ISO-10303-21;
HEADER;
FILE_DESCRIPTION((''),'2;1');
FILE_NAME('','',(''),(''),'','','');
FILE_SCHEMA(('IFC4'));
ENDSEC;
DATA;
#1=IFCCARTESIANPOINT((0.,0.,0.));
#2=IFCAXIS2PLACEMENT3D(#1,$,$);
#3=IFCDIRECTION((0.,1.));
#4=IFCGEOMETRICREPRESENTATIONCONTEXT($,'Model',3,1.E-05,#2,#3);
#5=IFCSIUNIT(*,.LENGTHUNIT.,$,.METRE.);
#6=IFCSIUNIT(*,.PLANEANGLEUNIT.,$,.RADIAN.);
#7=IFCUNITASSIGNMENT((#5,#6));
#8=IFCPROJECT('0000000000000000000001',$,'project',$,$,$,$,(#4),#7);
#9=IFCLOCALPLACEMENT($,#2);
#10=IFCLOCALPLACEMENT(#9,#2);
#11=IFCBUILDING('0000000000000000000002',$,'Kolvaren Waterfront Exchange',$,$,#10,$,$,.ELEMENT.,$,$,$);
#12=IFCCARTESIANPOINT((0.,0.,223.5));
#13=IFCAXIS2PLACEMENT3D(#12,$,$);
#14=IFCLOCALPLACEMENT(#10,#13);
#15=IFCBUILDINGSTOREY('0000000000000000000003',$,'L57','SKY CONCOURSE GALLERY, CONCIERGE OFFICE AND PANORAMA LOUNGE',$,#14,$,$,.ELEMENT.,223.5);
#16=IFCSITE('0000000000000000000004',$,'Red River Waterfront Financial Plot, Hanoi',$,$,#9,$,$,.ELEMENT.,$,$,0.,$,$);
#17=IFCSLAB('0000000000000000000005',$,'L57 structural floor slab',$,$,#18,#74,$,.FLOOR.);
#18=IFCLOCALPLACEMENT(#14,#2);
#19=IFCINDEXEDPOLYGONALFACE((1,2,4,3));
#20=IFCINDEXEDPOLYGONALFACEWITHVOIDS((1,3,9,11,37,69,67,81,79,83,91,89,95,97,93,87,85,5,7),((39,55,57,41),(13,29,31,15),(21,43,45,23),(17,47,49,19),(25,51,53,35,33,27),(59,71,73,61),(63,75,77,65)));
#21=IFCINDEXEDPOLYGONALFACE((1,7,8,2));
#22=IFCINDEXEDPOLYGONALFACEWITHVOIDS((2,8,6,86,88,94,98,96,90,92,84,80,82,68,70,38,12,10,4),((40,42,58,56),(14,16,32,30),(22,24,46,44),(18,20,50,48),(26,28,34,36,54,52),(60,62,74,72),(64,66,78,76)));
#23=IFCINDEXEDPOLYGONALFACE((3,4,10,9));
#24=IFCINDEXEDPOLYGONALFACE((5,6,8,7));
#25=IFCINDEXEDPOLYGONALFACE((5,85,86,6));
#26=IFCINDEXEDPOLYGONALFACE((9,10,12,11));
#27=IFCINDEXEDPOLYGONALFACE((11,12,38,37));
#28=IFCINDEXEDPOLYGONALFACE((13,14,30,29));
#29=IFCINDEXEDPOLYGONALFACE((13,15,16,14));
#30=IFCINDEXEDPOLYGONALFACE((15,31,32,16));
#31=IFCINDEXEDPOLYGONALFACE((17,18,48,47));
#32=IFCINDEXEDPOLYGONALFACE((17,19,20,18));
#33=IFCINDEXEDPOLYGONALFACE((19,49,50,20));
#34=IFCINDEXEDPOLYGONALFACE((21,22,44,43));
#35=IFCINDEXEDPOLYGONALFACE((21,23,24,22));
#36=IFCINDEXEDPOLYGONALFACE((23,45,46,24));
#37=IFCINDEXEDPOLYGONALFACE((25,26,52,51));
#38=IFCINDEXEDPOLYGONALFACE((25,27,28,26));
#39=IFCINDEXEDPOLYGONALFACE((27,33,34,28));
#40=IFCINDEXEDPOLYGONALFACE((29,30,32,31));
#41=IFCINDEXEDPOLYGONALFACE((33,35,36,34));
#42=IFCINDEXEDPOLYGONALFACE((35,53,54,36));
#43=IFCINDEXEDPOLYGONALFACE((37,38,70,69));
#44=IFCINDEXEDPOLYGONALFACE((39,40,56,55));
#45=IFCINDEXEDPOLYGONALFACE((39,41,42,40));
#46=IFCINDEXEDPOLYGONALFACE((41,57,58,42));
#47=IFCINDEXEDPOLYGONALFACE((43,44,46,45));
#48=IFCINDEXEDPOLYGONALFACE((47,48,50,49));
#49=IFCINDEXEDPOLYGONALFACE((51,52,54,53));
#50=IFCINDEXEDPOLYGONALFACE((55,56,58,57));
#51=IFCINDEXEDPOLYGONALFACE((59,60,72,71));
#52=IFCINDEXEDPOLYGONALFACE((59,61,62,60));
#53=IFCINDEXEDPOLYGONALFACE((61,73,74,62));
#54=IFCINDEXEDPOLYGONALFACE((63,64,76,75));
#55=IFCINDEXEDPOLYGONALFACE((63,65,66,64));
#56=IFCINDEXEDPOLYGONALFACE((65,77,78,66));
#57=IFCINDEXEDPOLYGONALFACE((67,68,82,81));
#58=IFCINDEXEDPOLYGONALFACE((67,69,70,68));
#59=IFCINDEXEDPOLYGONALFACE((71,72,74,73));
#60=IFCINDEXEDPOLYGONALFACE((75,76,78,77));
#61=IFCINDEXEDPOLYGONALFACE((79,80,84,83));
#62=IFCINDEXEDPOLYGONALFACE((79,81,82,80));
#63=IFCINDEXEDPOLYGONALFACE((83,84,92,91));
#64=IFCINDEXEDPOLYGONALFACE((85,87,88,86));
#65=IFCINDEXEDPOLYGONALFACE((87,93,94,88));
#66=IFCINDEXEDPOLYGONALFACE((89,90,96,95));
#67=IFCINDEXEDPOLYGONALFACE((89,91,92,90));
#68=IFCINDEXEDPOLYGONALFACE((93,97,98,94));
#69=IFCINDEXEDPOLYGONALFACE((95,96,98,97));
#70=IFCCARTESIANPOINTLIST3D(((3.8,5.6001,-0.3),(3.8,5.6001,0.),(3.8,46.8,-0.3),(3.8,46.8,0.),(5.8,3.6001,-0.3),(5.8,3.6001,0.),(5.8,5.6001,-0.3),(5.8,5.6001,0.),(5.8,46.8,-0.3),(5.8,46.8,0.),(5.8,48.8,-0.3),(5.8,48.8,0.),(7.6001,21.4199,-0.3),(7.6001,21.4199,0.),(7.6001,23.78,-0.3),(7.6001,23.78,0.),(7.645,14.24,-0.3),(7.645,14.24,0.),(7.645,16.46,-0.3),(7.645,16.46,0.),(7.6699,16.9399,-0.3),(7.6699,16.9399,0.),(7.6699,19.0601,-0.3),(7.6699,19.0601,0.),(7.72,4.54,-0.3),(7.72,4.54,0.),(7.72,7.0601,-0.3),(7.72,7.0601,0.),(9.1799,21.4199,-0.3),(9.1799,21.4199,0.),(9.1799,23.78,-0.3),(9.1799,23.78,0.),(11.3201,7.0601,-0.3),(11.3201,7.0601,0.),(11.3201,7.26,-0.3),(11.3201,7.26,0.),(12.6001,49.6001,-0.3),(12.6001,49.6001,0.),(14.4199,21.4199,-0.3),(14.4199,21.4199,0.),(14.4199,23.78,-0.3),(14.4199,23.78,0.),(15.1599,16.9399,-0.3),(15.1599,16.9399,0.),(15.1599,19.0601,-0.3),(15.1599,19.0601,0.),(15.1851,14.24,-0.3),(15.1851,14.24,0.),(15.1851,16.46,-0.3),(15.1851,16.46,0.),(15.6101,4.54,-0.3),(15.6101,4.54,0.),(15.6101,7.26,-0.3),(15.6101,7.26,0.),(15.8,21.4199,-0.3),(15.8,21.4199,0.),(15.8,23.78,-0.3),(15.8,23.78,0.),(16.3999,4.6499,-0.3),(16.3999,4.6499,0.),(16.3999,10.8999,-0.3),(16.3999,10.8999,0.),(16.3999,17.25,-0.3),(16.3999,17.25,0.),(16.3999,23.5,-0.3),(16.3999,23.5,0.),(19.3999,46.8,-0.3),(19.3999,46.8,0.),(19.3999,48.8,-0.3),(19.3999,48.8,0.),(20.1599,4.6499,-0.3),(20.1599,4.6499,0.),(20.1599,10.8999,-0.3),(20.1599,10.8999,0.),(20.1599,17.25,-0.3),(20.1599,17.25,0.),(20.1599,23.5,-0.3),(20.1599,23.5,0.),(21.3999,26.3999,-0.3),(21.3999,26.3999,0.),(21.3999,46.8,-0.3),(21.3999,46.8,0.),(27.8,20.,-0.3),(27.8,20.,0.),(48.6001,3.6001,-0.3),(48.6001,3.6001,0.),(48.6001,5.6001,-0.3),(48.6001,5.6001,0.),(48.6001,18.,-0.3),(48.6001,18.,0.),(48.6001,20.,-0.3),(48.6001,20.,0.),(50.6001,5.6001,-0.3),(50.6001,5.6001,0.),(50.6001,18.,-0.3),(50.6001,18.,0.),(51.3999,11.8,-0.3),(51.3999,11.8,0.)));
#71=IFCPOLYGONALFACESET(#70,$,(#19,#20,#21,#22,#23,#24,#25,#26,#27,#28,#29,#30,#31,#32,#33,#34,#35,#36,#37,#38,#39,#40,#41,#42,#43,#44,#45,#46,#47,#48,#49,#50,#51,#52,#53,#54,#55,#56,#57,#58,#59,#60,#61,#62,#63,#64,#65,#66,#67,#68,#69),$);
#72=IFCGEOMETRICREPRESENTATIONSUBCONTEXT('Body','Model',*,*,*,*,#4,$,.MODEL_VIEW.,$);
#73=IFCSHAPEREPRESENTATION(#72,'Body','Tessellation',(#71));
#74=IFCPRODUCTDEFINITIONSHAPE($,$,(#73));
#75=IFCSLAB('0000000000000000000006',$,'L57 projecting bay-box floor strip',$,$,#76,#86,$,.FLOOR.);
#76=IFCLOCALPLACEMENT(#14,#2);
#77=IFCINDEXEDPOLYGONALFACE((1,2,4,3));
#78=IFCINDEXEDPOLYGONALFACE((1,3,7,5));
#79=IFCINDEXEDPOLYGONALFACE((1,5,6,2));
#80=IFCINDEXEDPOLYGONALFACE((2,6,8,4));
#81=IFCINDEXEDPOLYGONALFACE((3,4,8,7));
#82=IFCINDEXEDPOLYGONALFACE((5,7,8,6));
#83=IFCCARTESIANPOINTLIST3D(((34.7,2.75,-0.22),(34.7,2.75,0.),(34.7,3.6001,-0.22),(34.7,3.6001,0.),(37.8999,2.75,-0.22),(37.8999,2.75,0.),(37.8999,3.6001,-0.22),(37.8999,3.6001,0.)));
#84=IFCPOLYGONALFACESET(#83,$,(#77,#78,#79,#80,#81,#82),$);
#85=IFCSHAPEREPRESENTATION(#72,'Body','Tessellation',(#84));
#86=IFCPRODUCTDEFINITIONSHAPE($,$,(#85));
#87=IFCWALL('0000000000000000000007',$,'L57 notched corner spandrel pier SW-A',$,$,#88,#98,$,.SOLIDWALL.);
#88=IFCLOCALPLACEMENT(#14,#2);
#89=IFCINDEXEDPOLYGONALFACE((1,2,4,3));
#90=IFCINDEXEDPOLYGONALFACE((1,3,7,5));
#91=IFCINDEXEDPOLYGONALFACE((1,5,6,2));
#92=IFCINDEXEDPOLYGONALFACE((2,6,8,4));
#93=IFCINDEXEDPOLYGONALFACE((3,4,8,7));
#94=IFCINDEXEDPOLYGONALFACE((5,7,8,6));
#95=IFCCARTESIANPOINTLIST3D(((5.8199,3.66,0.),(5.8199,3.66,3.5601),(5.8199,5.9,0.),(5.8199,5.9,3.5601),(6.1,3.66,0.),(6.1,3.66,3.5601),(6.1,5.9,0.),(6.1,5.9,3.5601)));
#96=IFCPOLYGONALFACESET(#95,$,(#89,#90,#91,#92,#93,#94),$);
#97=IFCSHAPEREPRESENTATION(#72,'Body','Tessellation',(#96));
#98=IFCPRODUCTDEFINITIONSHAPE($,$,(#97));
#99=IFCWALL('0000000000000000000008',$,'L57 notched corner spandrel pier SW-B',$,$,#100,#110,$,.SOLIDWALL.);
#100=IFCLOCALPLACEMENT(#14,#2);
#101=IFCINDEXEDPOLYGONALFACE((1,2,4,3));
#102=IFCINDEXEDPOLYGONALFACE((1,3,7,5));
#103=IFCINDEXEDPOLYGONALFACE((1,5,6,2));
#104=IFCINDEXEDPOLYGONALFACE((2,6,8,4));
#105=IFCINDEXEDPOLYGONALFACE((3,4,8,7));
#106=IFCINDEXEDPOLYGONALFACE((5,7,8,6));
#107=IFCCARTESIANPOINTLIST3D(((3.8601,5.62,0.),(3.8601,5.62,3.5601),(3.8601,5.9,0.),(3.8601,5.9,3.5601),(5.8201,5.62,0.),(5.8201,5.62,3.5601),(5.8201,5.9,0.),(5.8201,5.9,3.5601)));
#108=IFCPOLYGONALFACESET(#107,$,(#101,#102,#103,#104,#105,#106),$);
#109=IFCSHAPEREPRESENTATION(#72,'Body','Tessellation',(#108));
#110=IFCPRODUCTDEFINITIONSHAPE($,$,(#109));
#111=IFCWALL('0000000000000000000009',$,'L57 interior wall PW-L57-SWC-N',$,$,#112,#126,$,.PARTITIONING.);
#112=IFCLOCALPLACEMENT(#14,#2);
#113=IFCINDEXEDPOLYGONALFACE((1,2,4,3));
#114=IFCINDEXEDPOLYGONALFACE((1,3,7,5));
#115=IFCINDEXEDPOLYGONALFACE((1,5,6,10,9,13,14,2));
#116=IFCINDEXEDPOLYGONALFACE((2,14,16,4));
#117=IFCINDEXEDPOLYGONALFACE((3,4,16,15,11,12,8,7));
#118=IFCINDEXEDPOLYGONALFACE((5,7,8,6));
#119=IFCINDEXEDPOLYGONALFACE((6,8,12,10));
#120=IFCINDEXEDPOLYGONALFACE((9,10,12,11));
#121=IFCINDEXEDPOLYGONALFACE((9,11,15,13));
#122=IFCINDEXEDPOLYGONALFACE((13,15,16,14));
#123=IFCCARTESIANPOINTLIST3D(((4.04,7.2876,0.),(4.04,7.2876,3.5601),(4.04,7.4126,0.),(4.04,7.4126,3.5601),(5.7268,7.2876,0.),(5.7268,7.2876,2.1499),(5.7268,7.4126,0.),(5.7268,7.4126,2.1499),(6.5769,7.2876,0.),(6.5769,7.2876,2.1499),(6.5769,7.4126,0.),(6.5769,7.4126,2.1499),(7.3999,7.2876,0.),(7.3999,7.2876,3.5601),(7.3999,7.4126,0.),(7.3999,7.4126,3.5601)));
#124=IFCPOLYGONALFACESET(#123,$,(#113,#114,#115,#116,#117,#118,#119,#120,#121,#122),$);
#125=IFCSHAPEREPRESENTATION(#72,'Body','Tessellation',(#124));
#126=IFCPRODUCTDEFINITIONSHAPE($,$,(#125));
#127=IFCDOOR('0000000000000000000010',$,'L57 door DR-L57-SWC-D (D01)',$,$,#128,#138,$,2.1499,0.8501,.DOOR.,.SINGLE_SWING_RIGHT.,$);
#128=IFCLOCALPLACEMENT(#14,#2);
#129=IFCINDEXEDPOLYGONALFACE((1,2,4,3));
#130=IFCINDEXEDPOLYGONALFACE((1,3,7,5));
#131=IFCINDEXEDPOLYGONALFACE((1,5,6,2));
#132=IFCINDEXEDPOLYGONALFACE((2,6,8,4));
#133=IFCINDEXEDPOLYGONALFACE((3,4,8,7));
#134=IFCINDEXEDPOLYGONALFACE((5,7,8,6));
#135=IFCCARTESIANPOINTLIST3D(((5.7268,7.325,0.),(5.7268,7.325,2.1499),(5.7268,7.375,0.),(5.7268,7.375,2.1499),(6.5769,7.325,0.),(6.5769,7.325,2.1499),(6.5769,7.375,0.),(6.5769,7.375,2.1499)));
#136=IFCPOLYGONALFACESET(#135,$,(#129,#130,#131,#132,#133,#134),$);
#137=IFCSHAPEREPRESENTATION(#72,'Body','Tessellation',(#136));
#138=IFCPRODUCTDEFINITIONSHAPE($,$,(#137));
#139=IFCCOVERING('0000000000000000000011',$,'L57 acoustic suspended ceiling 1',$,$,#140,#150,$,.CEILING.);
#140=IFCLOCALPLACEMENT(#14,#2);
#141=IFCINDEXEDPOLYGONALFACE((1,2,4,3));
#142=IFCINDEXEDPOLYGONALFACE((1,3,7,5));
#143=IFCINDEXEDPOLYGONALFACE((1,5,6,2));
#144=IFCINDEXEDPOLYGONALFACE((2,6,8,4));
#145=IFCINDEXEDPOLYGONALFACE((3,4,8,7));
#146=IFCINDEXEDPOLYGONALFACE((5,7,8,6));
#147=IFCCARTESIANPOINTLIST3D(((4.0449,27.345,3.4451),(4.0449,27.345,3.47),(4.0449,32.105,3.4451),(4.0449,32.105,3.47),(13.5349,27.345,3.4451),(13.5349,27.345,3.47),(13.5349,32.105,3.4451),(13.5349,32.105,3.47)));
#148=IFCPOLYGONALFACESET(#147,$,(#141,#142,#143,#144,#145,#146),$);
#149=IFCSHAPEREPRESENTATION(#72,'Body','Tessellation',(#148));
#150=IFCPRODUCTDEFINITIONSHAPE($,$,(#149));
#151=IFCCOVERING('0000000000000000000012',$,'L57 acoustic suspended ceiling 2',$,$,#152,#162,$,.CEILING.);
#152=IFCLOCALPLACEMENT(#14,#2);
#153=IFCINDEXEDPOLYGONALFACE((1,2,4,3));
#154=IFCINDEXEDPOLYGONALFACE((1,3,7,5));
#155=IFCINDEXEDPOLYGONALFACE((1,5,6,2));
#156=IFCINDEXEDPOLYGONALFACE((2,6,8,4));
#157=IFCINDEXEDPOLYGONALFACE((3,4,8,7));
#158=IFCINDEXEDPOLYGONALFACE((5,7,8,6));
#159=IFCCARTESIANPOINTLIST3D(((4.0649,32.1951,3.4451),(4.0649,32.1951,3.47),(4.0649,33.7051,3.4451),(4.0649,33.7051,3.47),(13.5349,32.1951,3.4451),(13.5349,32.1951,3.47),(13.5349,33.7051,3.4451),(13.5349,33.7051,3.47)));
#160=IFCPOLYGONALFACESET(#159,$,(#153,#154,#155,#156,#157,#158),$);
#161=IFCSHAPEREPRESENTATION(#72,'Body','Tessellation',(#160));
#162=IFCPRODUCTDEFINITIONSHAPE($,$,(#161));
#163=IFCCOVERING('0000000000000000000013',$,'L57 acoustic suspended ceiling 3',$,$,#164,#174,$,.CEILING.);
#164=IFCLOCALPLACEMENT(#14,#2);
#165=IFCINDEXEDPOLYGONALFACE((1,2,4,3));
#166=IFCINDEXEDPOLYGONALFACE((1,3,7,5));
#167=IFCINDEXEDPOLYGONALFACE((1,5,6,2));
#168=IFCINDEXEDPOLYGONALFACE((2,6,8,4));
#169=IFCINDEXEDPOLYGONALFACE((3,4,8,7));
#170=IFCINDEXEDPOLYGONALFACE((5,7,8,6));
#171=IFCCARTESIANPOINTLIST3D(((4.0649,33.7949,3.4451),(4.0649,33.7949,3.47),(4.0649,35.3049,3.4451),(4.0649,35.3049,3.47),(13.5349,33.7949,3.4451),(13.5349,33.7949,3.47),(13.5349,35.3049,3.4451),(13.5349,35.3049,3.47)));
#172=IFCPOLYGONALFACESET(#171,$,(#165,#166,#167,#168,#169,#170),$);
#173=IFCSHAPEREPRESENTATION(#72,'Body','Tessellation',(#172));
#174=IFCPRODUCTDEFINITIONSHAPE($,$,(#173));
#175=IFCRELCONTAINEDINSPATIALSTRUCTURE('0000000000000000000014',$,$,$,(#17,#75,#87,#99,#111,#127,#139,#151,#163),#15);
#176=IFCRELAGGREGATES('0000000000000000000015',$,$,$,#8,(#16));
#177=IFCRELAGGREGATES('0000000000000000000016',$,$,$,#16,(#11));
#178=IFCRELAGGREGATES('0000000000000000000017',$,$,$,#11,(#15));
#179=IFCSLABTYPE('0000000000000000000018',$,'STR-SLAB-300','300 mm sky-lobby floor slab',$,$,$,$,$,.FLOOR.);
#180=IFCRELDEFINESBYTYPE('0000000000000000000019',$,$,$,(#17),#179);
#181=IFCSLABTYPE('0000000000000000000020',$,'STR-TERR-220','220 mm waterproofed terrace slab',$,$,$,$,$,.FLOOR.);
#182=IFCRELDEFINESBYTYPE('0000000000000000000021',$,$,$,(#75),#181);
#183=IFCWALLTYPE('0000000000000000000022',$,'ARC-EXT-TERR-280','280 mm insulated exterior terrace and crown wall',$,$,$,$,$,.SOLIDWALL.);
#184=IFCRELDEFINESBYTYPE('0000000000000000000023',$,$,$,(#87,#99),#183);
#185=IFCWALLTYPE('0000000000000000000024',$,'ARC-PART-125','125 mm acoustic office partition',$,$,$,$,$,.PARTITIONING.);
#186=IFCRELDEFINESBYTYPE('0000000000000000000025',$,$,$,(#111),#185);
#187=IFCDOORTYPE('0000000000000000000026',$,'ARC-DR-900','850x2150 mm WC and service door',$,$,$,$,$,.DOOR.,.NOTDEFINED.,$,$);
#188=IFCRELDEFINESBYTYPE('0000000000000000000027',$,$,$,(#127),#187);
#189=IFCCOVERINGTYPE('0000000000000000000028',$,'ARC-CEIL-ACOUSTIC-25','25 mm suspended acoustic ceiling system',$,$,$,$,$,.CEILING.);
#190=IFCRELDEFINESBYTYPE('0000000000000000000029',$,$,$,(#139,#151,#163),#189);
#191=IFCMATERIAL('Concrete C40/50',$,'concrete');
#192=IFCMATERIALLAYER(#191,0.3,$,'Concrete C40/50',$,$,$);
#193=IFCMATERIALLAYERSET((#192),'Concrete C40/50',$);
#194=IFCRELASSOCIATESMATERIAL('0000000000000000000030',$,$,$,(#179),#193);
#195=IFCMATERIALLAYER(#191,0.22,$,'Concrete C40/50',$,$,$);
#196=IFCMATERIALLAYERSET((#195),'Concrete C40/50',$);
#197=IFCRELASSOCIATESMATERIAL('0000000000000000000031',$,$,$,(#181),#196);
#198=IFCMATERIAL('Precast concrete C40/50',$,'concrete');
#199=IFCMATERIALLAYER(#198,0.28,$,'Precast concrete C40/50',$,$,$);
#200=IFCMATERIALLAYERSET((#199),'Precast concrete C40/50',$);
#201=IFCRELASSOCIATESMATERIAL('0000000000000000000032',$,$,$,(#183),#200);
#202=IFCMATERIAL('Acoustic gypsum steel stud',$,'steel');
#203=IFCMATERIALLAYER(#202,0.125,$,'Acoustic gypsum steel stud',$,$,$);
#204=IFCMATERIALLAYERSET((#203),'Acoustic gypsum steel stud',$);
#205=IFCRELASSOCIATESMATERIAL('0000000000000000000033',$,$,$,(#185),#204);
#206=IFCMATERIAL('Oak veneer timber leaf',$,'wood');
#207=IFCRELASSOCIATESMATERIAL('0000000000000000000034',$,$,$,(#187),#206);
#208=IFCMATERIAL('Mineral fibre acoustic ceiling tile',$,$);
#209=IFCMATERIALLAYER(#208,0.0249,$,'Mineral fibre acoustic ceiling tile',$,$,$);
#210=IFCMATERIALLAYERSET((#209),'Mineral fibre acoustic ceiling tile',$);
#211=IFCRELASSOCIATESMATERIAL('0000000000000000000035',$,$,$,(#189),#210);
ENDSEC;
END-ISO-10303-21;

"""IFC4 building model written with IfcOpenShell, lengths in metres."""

from ifc_helpers import new_model, si_unit, direction, frame, frame_2d, origin, place, context, subcontext, project, spatial, polyline, rectangle, outline, extrude, material, layer, layer_set, type_object, element, fill, save


model = new_model("IFC4")

# Units and contexts
model_context = context("Model", 3, precision=1e-05, world=origin(), true_north=direction((0.0, 1.0)))
body_context = subcontext(model_context, "Body", "Model", "MODEL_VIEW")
ifc_project = project(units=[si_unit("LENGTHUNIT", "METRE"), si_unit("PLANEANGLEUNIT", "RADIAN")], contexts=[model_context])

# Site, building, storey
site_placement = place(None, origin())
site = spatial("IfcSite", under=ifc_project, at=site_placement, Name="Red River Waterfront Financial Plot, Hanoi", CompositionType="ELEMENT", RefElevation=0.0)
building_placement = place(site_placement, origin())
building = spatial("IfcBuilding", under=site, at=building_placement, Name="Kolvaren Waterfront Exchange", CompositionType="ELEMENT")
storey_placement = place(building_placement, frame((0.0, 0.0, 223.5)))
storey = spatial("IfcBuildingStorey", under=building, at=storey_placement, Name="L57", Description="SKY CONCOURSE GALLERY, CONCIERGE OFFICE AND PANORAMA LOUNGE", CompositionType="ELEMENT", Elevation=223.5)

# Shared definitions
ifc_material_1 = material(Name="Concrete C40/50", Category="concrete")

# Slabs
ifc_layer_1 = layer(ifc_material_1, 0.3, Name="Concrete C40/50")
ifc_layer_set_1 = layer_set([ifc_layer_1], Name="Concrete C40/50")
slab_type_1 = type_object("IfcSlabType", Name="STR-SLAB-300", Description="300 mm sky-lobby floor slab", PredefinedType="FLOOR", material=ifc_layer_set_1)
slab_1_placement = place(storey_placement, frame((0.0, 0.0, -0.3)))
element("IfcSlab", 1, at=slab_1_placement, inside=storey, type_object=slab_type_1, Name="L57 structural floor slab", PredefinedType="FLOOR", context=body_context, shape_type="SweptSolid", body=[
    extrude(outline(polyline([(5.8, 3.6001), (48.6001, 3.6001), (48.6001, 5.6001), (50.6001, 5.6001), (51.3999, 11.8), (50.6001, 18.0), (48.6001, 18.0), (48.6001, 20.0), (27.8, 20.0), (21.3999, 26.3999), (21.3999, 46.8), (19.3999, 46.8), (19.3999, 48.8), (12.6001, 49.6001), (5.8, 48.8), (5.8, 46.8), (3.8, 46.8), (3.8, 5.6001), (5.8, 5.6001), (5.8, 3.6001)]), holes=[polyline([(11.3201, 7.26), (15.6101, 7.26), (15.6101, 4.54), (7.72, 4.54), (7.72, 7.0601), (11.3201, 7.0601), (11.3201, 7.26)]), polyline([(20.1599, 10.8999), (20.1599, 4.6499), (16.3999, 4.6499), (16.3999, 10.8999), (20.1599, 10.8999)]), polyline([(15.1851, 14.24), (7.645, 14.24), (7.645, 16.46), (15.1851, 16.46), (15.1851, 14.24)]), polyline([(15.1599, 16.9399), (7.6699, 16.9399), (7.6699, 19.0601), (15.1599, 19.0601), (15.1599, 16.9399)]), polyline([(16.3999, 17.25), (16.3999, 23.5), (20.1599, 23.5), (20.1599, 17.25), (16.3999, 17.25)]), polyline([(7.6001, 23.78), (9.1799, 23.78), (9.1799, 21.4199), (7.6001, 21.4199), (7.6001, 23.78)]), polyline([(14.4199, 23.78), (15.8, 23.78), (15.8, 21.4199), (14.4199, 21.4199), (14.4199, 23.78)])]), origin(), (0.0, 0.0, 1.0), 0.3),
])
ifc_layer_2 = layer(ifc_material_1, 0.22, Name="Concrete C40/50")
ifc_layer_set_2 = layer_set([ifc_layer_2], Name="Concrete C40/50")
slab_type_2 = type_object("IfcSlabType", Name="STR-TERR-220", Description="220 mm waterproofed terrace slab", PredefinedType="FLOOR", material=ifc_layer_set_2)
slab_2_placement = place(storey_placement, frame((0.0, 0.0, -0.22)))
element("IfcSlab", 2, at=slab_2_placement, inside=storey, type_object=slab_type_2, Name="L57 projecting bay-box floor strip", PredefinedType="FLOOR", context=body_context, shape_type="SweptSolid", body=[
    extrude(outline(polyline([(34.7, 2.75), (37.8999, 2.75), (37.8999, 3.6001), (34.7, 3.6001), (34.7, 2.75)])), origin(), (0.0, 0.0, 1.0), 0.22),
])

# Walls
ifc_material_2 = material(Name="Precast concrete C40/50", Category="concrete")
ifc_layer_3 = layer(ifc_material_2, 0.28, Name="Precast concrete C40/50")
ifc_layer_set_3 = layer_set([ifc_layer_3], Name="Precast concrete C40/50")
wall_type_1 = type_object("IfcWallType", Name="ARC-EXT-TERR-280", Description="280 mm insulated exterior terrace and crown wall", PredefinedType="SOLIDWALL", material=ifc_layer_set_3)
wall_1_placement = place(storey_placement, frame((5.96, 3.6599, 0.0), z_axis=(0.0, 0.0, 1.0), x_axis=(0.0, 1.0, 0.0)))
element("IfcWall", 3, at=wall_1_placement, inside=storey, type_object=wall_type_1, Name="L57 notched corner spandrel pier SW-A", PredefinedType="SOLIDWALL", context=body_context, shape_type="SweptSolid", body=[
    extrude(rectangle(XDim=2.24, YDim=0.28, at=frame_2d((1.1201, 0.0))), origin(), (0.0, 0.0, 1.0), 3.5601),
])
wall_2_placement = place(storey_placement, frame((3.8601, 5.76, 0.0), z_axis=(0.0, 0.0, 1.0), x_axis=(1.0, 0.0, 0.0)))
element("IfcWall", 4, at=wall_2_placement, inside=storey, type_object=wall_type_1, Name="L57 notched corner spandrel pier SW-B", PredefinedType="SOLIDWALL", context=body_context, shape_type="SweptSolid", body=[
    extrude(rectangle(XDim=1.96, YDim=0.28, at=frame_2d((0.98, 0.0))), origin(), (0.0, 0.0, 1.0), 3.5601),
])

# Wall, opening, door
ifc_material_3 = material(Name="Acoustic gypsum steel stud", Category="steel")
ifc_layer_4 = layer(ifc_material_3, 0.125, Name="Acoustic gypsum steel stud")
ifc_layer_set_4 = layer_set([ifc_layer_4], Name="Acoustic gypsum steel stud")
wall_type_2 = type_object("IfcWallType", Name="ARC-PART-125", Description="125 mm acoustic office partition", PredefinedType="PARTITIONING", material=ifc_layer_set_4)
wall_3_placement = place(storey_placement, frame((4.04, 7.3501, 0.0), z_axis=(0.0, 0.0, 1.0), x_axis=(1.0, 0.0, 0.0)))
wall_3 = element("IfcWall", 5, at=wall_3_placement, inside=storey, type_object=wall_type_2, Name="L57 interior wall PW-L57-SWC-N", PredefinedType="PARTITIONING", context=body_context, shape_type="SweptSolid", body=[
    extrude(rectangle(XDim=3.3599, YDim=0.125, at=frame_2d((1.6799, 0.0))), origin(), (0.0, 0.0, 1.0), 3.5601),
])
opening_placement = place(wall_3_placement, frame((1.6868, 0.0, 0.0)))
opening = element("IfcOpeningElement", 6, at=opening_placement, cuts=wall_3, PredefinedType="OPENING", context=body_context, shape_type="SweptSolid", body=[
    extrude(rectangle(XDim=0.8501, YDim=2.1499, at=frame_2d((0.425, 1.075))), frame((0.0, 0.0725, 0.0), z_axis=(0.0, -1.0, 0.0), x_axis=(1.0, 0.0, 0.0)), (0.0, 0.0, 1.0), 0.145),
])
ifc_material_4 = material(Name="Oak veneer timber leaf", Category="wood")
door_type = type_object("IfcDoorType", Name="ARC-DR-900", Description="850x2150 mm WC and service door", OperationType="NOTDEFINED", PredefinedType="DOOR", material=ifc_material_4)
door_placement = place(opening_placement, origin())
door = element("IfcDoor", 7, at=door_placement, inside=storey, type_object=door_type, Name="L57 door DR-L57-SWC-D (D01)", OperationType="SINGLE_SWING_RIGHT", OverallHeight=2.1499, OverallWidth=0.8501, PredefinedType="DOOR", context=body_context, shape_type="SweptSolid", body=[
    extrude(rectangle(XDim=0.8501, YDim=2.1499, at=frame_2d((0.425, 1.075))), frame((0.0, 0.0249, 0.0), z_axis=(0.0, -1.0, 0.0), x_axis=(1.0, 0.0, 0.0)), (0.0, 0.0, 1.0), 0.05),
])
fill(opening, door)

# Coverings
ifc_material_5 = material(Name="Mineral fibre acoustic ceiling tile")
ifc_layer_5 = layer(ifc_material_5, 0.0249, Name="Mineral fibre acoustic ceiling tile")
ifc_layer_set_5 = layer_set([ifc_layer_5], Name="Mineral fibre acoustic ceiling tile")
covering_type_1 = type_object("IfcCoveringType", Name="ARC-CEIL-ACOUSTIC-25", Description="25 mm suspended acoustic ceiling system", PredefinedType="CEILING", material=ifc_layer_set_5)
covering_1_placement = place(storey_placement, frame((0.0, 0.0, 3.4451)))
element("IfcCovering", 8, at=covering_1_placement, inside=storey, type_object=covering_type_1, Name="L57 acoustic suspended ceiling 1", PredefinedType="CEILING", context=body_context, shape_type="SweptSolid", body=[
    extrude(outline(polyline([(13.5349, 27.345), (13.5349, 32.105), (4.0449, 32.105), (4.0449, 27.345), (13.5349, 27.345)])), origin(), (0.0, 0.0, 1.0), 0.0249),
])
covering_2_placement = place(storey_placement, frame((0.0, 0.0, 3.4451)))
element("IfcCovering", 9, at=covering_2_placement, inside=storey, type_object=covering_type_1, Name="L57 acoustic suspended ceiling 2", PredefinedType="CEILING", context=body_context, shape_type="SweptSolid", body=[
    extrude(outline(polyline([(13.5349, 32.1951), (13.5349, 33.7051), (4.0649, 33.7051), (4.0649, 32.1951), (13.5349, 32.1951)])), origin(), (0.0, 0.0, 1.0), 0.0249),
])
covering_3_placement = place(storey_placement, frame((0.0, 0.0, 3.4451)))
element("IfcCovering", 10, at=covering_3_placement, inside=storey, type_object=covering_type_1, Name="L57 acoustic suspended ceiling 3", PredefinedType="CEILING", context=body_context, shape_type="SweptSolid", body=[
    extrude(outline(polyline([(13.5349, 33.7949), (13.5349, 35.3049), (4.0649, 35.3049), (4.0649, 33.7949), (13.5349, 33.7949)])), origin(), (0.0, 0.0, 1.0), 0.0249),
])

save(model, "model.ifc")
